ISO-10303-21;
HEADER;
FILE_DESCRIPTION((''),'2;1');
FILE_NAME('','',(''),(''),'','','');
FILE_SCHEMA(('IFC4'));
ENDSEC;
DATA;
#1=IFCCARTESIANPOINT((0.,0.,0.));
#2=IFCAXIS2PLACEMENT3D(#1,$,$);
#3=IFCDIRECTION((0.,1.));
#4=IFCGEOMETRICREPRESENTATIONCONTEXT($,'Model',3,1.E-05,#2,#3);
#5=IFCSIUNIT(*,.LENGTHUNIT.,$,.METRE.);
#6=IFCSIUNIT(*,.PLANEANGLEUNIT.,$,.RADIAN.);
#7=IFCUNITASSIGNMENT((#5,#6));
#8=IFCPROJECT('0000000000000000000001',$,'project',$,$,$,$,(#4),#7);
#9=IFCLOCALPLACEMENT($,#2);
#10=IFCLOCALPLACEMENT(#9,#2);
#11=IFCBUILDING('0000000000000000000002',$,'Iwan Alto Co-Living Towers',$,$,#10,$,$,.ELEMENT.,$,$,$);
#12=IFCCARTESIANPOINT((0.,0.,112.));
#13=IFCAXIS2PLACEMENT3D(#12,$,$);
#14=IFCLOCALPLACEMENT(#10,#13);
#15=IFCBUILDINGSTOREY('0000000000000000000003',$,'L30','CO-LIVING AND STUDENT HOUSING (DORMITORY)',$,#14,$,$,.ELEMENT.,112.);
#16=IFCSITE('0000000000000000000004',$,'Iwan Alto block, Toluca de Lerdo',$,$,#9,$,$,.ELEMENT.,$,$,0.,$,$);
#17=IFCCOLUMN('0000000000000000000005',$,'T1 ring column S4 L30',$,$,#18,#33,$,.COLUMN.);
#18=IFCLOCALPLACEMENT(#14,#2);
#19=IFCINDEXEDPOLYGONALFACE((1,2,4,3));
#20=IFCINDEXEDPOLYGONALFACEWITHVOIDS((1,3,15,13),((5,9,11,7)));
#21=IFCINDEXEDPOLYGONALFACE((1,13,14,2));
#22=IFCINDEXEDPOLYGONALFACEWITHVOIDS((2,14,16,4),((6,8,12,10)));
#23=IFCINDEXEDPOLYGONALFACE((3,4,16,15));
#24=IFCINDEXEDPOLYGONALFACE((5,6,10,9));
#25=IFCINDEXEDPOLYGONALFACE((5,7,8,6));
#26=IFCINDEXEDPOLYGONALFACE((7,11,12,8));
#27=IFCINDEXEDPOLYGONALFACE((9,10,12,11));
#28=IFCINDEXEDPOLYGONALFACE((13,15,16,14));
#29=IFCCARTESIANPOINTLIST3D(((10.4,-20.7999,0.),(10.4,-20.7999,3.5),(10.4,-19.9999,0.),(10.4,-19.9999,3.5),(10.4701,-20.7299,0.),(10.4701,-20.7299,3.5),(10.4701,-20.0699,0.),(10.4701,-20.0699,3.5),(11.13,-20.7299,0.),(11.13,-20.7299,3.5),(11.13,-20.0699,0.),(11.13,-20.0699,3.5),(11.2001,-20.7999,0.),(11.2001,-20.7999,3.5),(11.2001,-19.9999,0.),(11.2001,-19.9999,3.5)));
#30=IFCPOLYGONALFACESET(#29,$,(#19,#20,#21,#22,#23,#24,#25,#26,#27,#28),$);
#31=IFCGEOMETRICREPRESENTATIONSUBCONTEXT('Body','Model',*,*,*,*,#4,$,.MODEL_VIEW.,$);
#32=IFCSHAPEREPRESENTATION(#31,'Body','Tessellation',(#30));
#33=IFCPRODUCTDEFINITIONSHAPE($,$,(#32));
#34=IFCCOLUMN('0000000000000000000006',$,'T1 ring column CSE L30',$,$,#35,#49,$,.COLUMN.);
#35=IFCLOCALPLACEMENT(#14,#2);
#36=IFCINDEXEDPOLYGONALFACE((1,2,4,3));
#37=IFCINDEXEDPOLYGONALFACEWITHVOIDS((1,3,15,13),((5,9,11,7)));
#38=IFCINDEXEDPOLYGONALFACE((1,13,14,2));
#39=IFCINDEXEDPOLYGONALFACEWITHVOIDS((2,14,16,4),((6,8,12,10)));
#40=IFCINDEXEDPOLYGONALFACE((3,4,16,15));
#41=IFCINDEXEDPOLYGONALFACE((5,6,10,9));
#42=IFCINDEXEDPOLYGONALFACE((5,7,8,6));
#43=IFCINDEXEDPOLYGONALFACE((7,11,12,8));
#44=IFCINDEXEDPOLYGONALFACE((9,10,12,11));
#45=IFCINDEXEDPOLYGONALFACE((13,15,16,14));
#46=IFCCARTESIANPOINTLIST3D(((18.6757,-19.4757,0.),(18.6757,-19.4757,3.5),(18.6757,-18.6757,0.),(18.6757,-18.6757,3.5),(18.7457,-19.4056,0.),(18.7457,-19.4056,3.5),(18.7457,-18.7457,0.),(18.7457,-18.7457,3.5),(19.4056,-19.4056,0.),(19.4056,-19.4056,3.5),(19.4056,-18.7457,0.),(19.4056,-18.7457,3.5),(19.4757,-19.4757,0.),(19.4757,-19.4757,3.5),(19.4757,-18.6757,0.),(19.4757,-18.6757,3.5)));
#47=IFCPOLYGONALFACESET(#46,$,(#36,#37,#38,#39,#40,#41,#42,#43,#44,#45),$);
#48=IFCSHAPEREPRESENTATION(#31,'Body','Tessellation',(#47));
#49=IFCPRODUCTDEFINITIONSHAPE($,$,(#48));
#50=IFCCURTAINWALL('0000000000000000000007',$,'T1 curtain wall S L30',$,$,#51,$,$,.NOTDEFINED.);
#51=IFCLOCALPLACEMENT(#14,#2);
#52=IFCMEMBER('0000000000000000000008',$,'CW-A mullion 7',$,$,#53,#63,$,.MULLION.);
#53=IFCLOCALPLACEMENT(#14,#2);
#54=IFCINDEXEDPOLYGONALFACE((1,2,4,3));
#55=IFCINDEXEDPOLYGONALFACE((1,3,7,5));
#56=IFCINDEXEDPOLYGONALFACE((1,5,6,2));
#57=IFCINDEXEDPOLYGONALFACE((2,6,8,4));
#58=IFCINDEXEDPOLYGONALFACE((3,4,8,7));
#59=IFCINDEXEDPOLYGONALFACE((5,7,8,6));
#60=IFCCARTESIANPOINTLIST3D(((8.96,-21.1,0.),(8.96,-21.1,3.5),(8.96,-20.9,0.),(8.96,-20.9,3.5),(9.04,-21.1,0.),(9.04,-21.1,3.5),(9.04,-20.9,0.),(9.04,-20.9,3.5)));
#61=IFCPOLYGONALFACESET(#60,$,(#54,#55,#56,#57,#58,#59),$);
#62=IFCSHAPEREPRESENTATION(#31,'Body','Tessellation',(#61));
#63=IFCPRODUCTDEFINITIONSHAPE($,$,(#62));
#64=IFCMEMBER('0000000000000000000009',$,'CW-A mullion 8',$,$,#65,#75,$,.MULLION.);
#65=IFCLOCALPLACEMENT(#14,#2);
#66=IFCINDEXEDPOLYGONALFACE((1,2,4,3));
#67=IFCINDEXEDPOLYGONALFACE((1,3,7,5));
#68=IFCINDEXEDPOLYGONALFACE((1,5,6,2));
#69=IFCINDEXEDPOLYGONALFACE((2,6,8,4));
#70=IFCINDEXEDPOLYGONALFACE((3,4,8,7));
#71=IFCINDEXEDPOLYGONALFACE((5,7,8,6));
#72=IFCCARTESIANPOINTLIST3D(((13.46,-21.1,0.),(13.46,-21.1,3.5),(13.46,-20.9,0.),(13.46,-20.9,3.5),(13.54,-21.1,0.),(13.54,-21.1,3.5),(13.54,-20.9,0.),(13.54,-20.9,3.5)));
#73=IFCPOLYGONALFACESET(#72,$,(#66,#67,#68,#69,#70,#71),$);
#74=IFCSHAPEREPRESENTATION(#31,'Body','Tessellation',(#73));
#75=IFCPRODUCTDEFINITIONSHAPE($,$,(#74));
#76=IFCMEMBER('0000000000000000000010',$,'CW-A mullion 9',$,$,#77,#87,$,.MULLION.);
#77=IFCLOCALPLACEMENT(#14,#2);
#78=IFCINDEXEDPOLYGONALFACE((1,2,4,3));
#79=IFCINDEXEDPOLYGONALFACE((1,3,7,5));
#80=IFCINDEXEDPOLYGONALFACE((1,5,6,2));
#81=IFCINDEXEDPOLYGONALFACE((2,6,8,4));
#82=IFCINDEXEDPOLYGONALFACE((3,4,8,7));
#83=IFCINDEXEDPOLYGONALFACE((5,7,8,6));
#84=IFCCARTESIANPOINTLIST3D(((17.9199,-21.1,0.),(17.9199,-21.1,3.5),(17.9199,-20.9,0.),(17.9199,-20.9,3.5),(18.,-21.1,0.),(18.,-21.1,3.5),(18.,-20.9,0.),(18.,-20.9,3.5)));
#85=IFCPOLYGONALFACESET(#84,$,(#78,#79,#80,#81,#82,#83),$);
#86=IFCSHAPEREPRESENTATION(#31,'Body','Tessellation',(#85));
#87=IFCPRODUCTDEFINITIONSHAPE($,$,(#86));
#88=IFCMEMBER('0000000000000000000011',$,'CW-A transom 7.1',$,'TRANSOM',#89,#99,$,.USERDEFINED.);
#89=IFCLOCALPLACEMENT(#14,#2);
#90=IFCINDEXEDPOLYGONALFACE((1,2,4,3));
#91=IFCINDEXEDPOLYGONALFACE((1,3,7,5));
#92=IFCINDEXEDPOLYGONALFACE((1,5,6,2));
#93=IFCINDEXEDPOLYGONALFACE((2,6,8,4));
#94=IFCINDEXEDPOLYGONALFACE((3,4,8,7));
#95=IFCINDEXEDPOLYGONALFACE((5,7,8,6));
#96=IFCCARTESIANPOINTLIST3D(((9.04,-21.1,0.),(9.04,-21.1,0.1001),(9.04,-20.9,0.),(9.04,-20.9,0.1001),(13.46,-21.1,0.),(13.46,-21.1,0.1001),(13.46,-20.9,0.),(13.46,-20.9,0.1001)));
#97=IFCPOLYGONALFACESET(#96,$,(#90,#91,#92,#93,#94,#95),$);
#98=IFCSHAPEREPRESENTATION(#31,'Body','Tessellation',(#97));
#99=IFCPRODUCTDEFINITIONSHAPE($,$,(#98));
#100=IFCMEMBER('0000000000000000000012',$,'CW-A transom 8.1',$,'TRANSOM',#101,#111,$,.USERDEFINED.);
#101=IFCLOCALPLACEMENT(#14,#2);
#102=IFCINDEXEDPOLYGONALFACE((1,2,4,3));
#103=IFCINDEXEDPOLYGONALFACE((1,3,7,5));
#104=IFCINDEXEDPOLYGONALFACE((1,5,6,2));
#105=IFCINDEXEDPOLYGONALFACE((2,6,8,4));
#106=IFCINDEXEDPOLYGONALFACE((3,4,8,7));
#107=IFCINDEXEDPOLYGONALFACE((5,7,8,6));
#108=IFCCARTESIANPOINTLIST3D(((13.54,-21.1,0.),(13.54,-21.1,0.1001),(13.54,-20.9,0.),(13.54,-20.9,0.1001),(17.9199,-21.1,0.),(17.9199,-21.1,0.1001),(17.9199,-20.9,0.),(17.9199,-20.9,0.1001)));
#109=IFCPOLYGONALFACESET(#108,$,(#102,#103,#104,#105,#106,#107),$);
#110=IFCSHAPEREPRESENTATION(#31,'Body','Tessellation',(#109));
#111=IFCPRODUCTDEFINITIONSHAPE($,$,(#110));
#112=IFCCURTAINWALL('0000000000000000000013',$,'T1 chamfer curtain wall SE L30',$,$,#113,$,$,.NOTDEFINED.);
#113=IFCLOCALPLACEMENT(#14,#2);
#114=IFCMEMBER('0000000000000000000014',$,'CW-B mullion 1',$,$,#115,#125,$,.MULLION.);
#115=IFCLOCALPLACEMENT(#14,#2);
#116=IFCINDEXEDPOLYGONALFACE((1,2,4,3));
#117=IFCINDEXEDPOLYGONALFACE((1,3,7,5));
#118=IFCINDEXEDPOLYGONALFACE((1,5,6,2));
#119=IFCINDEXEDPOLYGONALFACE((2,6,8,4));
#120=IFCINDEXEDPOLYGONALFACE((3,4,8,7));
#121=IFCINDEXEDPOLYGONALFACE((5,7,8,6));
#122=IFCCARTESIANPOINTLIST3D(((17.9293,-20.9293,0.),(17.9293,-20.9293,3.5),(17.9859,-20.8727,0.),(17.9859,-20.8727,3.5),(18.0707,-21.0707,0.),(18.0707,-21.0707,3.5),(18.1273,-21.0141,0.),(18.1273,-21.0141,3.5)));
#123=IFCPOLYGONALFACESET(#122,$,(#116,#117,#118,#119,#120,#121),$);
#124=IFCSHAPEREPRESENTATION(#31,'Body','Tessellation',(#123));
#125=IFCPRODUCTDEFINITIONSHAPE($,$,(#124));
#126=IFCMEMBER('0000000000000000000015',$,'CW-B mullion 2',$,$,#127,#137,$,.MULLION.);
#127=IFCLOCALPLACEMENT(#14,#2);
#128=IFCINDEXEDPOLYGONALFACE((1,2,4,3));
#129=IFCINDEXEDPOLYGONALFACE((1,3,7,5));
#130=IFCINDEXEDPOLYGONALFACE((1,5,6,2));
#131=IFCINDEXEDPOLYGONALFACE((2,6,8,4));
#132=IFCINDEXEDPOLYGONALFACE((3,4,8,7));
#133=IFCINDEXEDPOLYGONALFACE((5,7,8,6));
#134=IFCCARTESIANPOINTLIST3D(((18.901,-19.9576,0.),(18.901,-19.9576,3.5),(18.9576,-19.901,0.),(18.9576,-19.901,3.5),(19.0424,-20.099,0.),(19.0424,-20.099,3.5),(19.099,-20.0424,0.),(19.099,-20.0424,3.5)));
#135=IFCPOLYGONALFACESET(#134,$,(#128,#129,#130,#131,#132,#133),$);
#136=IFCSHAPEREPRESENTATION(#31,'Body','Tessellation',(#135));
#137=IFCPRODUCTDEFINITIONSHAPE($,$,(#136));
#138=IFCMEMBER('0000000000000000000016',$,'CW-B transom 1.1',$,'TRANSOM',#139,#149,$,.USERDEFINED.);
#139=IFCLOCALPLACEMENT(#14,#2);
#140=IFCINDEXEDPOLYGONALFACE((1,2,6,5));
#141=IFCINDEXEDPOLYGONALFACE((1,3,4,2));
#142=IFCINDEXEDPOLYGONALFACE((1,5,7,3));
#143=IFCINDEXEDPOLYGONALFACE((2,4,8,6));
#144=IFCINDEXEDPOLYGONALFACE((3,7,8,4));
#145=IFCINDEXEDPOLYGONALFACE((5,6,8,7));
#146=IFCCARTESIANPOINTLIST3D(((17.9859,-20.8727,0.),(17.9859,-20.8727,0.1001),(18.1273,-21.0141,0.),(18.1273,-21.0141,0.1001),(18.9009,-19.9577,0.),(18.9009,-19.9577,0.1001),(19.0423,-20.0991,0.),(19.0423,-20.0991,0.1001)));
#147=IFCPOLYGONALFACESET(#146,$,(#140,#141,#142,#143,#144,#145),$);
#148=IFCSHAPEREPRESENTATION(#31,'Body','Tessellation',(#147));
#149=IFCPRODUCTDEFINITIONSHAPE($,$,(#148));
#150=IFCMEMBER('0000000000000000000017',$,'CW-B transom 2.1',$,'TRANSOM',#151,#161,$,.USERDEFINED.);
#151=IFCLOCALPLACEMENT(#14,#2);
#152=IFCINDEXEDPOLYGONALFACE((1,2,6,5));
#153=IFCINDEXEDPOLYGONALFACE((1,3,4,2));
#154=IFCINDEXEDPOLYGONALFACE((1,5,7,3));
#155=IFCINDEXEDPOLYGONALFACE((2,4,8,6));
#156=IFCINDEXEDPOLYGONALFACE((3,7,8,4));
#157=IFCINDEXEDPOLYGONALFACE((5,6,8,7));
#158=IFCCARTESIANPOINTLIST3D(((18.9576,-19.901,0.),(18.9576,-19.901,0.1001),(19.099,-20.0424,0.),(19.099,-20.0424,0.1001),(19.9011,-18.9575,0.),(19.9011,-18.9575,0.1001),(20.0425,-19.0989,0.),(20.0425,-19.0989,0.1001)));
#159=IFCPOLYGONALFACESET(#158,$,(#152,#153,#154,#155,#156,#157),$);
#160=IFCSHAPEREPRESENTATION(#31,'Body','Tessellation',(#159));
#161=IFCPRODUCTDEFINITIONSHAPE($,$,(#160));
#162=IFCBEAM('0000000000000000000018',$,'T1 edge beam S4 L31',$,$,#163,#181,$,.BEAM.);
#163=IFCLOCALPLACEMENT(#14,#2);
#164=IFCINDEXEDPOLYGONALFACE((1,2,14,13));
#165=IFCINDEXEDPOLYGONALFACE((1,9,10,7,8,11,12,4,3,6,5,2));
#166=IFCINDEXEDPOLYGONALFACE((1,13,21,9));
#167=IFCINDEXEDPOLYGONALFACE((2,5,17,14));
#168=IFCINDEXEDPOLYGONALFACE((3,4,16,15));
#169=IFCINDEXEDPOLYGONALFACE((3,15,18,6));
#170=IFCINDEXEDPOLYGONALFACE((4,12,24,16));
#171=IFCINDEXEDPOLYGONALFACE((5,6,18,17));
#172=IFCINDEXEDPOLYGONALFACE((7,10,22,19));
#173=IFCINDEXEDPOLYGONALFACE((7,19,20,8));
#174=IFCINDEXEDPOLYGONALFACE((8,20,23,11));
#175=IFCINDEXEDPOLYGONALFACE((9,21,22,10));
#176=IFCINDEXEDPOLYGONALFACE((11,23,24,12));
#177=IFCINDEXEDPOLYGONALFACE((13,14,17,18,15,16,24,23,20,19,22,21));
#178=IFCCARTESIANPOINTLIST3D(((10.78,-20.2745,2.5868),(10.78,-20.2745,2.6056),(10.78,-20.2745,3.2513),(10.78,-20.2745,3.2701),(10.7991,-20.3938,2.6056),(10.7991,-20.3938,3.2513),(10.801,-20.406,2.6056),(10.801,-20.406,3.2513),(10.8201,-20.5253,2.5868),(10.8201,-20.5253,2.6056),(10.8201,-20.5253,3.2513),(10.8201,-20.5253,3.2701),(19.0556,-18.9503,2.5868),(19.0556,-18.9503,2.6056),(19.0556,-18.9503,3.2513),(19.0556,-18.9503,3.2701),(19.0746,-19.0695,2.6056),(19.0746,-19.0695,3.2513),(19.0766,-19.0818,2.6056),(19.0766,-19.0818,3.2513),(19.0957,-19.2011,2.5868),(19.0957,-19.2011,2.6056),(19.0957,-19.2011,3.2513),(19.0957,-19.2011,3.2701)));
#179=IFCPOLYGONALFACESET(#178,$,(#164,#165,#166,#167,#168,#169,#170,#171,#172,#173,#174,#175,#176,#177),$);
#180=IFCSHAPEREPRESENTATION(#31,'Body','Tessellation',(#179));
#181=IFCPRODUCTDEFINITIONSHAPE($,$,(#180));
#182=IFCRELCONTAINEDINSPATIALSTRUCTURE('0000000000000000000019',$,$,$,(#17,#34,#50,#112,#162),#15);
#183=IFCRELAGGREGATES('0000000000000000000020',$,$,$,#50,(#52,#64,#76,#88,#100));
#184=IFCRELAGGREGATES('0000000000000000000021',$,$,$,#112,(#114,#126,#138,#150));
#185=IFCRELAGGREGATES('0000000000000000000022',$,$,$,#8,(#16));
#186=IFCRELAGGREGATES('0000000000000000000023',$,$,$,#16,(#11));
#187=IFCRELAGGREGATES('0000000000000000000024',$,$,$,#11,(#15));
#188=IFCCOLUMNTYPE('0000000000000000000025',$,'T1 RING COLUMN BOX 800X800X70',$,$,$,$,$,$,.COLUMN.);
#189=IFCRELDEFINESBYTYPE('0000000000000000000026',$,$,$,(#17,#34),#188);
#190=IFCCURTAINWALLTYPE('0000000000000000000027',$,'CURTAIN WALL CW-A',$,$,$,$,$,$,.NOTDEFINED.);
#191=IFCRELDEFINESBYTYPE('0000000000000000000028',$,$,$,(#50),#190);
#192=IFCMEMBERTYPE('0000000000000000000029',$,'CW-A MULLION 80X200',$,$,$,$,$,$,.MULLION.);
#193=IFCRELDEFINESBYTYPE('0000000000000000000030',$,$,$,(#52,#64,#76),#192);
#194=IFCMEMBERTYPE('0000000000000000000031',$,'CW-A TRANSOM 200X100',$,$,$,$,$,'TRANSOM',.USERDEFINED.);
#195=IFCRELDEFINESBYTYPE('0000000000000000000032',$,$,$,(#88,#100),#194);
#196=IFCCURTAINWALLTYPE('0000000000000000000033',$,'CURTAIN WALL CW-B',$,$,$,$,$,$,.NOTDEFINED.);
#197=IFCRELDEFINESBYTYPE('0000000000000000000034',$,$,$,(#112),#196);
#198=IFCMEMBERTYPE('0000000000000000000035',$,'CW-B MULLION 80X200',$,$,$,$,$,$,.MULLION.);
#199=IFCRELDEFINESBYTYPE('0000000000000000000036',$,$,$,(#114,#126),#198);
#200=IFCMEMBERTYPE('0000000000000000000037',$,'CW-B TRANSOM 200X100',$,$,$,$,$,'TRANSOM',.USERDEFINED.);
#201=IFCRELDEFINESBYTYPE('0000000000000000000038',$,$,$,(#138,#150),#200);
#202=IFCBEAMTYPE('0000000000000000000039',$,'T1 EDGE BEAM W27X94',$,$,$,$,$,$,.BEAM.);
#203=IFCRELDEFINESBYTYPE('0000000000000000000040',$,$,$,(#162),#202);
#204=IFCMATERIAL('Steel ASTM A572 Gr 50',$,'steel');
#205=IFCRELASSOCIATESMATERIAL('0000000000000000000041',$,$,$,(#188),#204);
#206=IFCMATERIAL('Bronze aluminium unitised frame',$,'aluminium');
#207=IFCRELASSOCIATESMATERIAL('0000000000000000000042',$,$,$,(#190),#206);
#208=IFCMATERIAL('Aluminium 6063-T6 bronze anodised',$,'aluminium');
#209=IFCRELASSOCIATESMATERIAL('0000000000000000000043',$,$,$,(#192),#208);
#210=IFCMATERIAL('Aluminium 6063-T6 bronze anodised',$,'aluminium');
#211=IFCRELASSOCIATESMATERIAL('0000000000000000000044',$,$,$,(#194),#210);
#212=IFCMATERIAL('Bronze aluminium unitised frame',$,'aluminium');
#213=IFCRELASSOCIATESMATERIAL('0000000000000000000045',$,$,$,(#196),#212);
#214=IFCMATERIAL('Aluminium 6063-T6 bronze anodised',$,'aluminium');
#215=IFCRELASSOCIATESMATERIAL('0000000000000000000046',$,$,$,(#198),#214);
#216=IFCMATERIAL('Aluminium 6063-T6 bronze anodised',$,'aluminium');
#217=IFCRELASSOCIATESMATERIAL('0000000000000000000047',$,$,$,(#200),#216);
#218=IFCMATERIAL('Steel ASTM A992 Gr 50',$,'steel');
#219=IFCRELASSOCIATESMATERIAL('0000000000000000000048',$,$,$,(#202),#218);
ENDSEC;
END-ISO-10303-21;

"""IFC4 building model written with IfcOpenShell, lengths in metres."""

from ifc_helpers import new_model, si_unit, direction, frame, origin, origin_2d, place, context, subcontext, project, spatial, rectangle, hollow_rectangle, i_section, extrude, material, material_profile, profile_set, type_object, element, aggregate, save


model = new_model("IFC4")

# Units and contexts
model_context = context("Model", 3, precision=1e-05, world=origin(), true_north=direction((0.0, 1.0)))
body_context = subcontext(model_context, "Body", "Model", "MODEL_VIEW")
ifc_project = project(units=[si_unit("LENGTHUNIT", "METRE"), si_unit("PLANEANGLEUNIT", "RADIAN")], contexts=[model_context])

# Site, building, storey
site_placement = place(None, origin())
site = spatial("IfcSite", under=ifc_project, at=site_placement, Name="Iwan Alto block, Toluca de Lerdo", CompositionType="ELEMENT", RefElevation=0.0)
building_placement = place(site_placement, origin())
building = spatial("IfcBuilding", under=site, at=building_placement, Name="Iwan Alto Co-Living Towers", CompositionType="ELEMENT")
storey_placement = place(building_placement, frame((0.0, 0.0, 112.0)))
storey = spatial("IfcBuildingStorey", under=building, at=storey_placement, Name="L30", Description="CO-LIVING AND STUDENT HOUSING (DORMITORY)", CompositionType="ELEMENT", Elevation=112.0)

# Columns
ifc_material_1 = material(Name="Steel ASTM A572 Gr 50", Category="steel")
ifc_material_profile_1 = material_profile(ifc_material_1, hollow_rectangle(XDim=0.8, YDim=0.8, WallThickness=0.0701, at=origin_2d()), Name="BOX 800X800X70")
ifc_profile_set_1 = profile_set([ifc_material_profile_1], Name="Steel ASTM A572 Gr 50")
column_type = type_object("IfcColumnType", Name="T1 RING COLUMN BOX 800X800X70", PredefinedType="COLUMN", material=ifc_profile_set_1)
for number, where, z_axis, x_axis, name in (
    (1, (10.8, -20.3999, 0.0), (0.0, 0.0, 1.0), (1.0, 0.0, 0.0), "T1 ring column S4 L30"),
    (2, (19.0757, -19.0757, 0.0), (0.0, 0.0, 1.0), (1.0, 0.0, 0.0), "T1 ring column CSE L30"),
):
    element("IfcColumn", number, at=place(storey_placement, frame(where, z_axis=z_axis, x_axis=x_axis)), inside=storey, type_object=column_type, Name=name, PredefinedType="COLUMN", context=body_context, shape_type="SweptSolid", body=[
        extrude(hollow_rectangle(XDim=0.8, YDim=0.8, WallThickness=0.0701, at=origin_2d()), origin(), (0.0, 0.0, 1.0), 3.5),
    ])

# Curtain walls, members
ifc_material_2 = material(Name="Bronze aluminium unitised frame", Category="aluminium")
curtain_wall_type_1 = type_object("IfcCurtainWallType", Name="CURTAIN WALL CW-A", PredefinedType="NOTDEFINED", material=ifc_material_2)
curtain_wall_1_placement = place(storey_placement, origin())
curtain_wall_1 = element("IfcCurtainWall", 3, at=curtain_wall_1_placement, inside=storey, type_object=curtain_wall_type_1, Name="T1 curtain wall S L30", PredefinedType="NOTDEFINED")
ifc_material_3 = material(Name="Aluminium 6063-T6 bronze anodised", Category="aluminium")
ifc_material_profile_2 = material_profile(ifc_material_3, rectangle(XDim=0.2, YDim=0.0801, at=origin_2d()), Name="AL 80X200")
ifc_profile_set_2 = profile_set([ifc_material_profile_2], Name="Aluminium 6063-T6 bronze anodised")
member_type_1 = type_object("IfcMemberType", Name="CW-A MULLION 80X200", PredefinedType="MULLION", material=ifc_profile_set_2)
member_1_placement = place(storey_placement, frame((9.0, -21.0, 0.0), z_axis=(0.0, 0.0, 1.0), x_axis=(0.0, 1.0, 0.0)))
member_1 = element("IfcMember", 4, at=member_1_placement, type_object=member_type_1, Name="CW-A mullion 7", PredefinedType="MULLION", context=body_context, shape_type="SweptSolid", body=[
    extrude(rectangle(XDim=0.2, YDim=0.0801, at=origin_2d()), origin(), (0.0, 0.0, 1.0), 3.5),
])
member_2_placement = place(storey_placement, frame((13.5, -21.0, 0.0), z_axis=(0.0, 0.0, 1.0), x_axis=(0.0, 1.0, 0.0)))
member_2 = element("IfcMember", 5, at=member_2_placement, type_object=member_type_1, Name="CW-A mullion 8", PredefinedType="MULLION", context=body_context, shape_type="SweptSolid", body=[
    extrude(rectangle(XDim=0.2, YDim=0.0801, at=origin_2d()), origin(), (0.0, 0.0, 1.0), 3.5),
])
member_3_placement = place(storey_placement, frame((17.96, -21.0, 0.0), z_axis=(0.0, 0.0, 1.0), x_axis=(0.0, 1.0, 0.0)))
member_3 = element("IfcMember", 6, at=member_3_placement, type_object=member_type_1, Name="CW-A mullion 9", PredefinedType="MULLION", context=body_context, shape_type="SweptSolid", body=[
    extrude(rectangle(XDim=0.2, YDim=0.0801, at=origin_2d()), origin(), (0.0, 0.0, 1.0), 3.5),
])
ifc_material_4 = material(Name="Aluminium 6063-T6 bronze anodised", Category="aluminium")
ifc_material_profile_3 = material_profile(ifc_material_4, rectangle(XDim=0.2, YDim=0.1001, at=origin_2d()), Name="AL 200X100")
ifc_profile_set_3 = profile_set([ifc_material_profile_3], Name="Aluminium 6063-T6 bronze anodised")
member_type_2 = type_object("IfcMemberType", Name="CW-A TRANSOM 200X100", ElementType="TRANSOM", PredefinedType="USERDEFINED", material=ifc_profile_set_3)
member_4_placement = place(storey_placement, frame((9.04, -21.0, 0.05), z_axis=(1.0, 0.0, 0.0), x_axis=(0.0, 1.0, 0.0)))
member_4 = element("IfcMember", 7, at=member_4_placement, type_object=member_type_2, Name="CW-A transom 7.1", ObjectType="TRANSOM", PredefinedType="USERDEFINED", context=body_context, shape_type="SweptSolid", body=[
    extrude(rectangle(XDim=0.2, YDim=0.1001, at=origin_2d()), origin(), (0.0, 0.0, 1.0), 4.4199),
])
member_5_placement = place(storey_placement, frame((13.54, -21.0, 0.05), z_axis=(1.0, 0.0, 0.0), x_axis=(0.0, 1.0, 0.0)))
member_5 = element("IfcMember", 8, at=member_5_placement, type_object=member_type_2, Name="CW-A transom 8.1", ObjectType="TRANSOM", PredefinedType="USERDEFINED", context=body_context, shape_type="SweptSolid", body=[
    extrude(rectangle(XDim=0.2, YDim=0.1001, at=origin_2d()), origin(), (0.0, 0.0, 1.0), 4.3799),
])
ifc_material_5 = material(Name="Bronze aluminium unitised frame", Category="aluminium")
curtain_wall_type_2 = type_object("IfcCurtainWallType", Name="CURTAIN WALL CW-B", PredefinedType="NOTDEFINED", material=ifc_material_5)
curtain_wall_2_placement = place(storey_placement, origin())
curtain_wall_2 = element("IfcCurtainWall", 9, at=curtain_wall_2_placement, inside=storey, type_object=curtain_wall_type_2, Name="T1 chamfer curtain wall SE L30", PredefinedType="NOTDEFINED")
ifc_material_6 = material(Name="Aluminium 6063-T6 bronze anodised", Category="aluminium")
ifc_material_profile_4 = material_profile(ifc_material_6, rectangle(XDim=0.2, YDim=0.0801, at=origin_2d()), Name="AL 80X200")
ifc_profile_set_4 = profile_set([ifc_material_profile_4], Name="Aluminium 6063-T6 bronze anodised")
member_type_3 = type_object("IfcMemberType", Name="CW-B MULLION 80X200", PredefinedType="MULLION", material=ifc_profile_set_4)
member_6_placement = place(storey_placement, frame((18.0283, -20.9717, 0.0), z_axis=(0.0, 0.0, 1.0), x_axis=(-0.707107, 0.707107, 0.0)))
member_6 = element("IfcMember", 10, at=member_6_placement, type_object=member_type_3, Name="CW-B mullion 1", PredefinedType="MULLION", context=body_context, shape_type="SweptSolid", body=[
    extrude(rectangle(XDim=0.2, YDim=0.0801, at=origin_2d()), origin(), (0.0, 0.0, 1.0), 3.5),
])
member_7_placement = place(storey_placement, frame((19.0, -20.0, 0.0), z_axis=(0.0, 0.0, 1.0), x_axis=(-0.707107, 0.707107, 0.0)))
member_7 = element("IfcMember", 11, at=member_7_placement, type_object=member_type_3, Name="CW-B mullion 2", PredefinedType="MULLION", context=body_context, shape_type="SweptSolid", body=[
    extrude(rectangle(XDim=0.2, YDim=0.0801, at=origin_2d()), origin(), (0.0, 0.0, 1.0), 3.5),
])
ifc_material_7 = material(Name="Aluminium 6063-T6 bronze anodised", Category="aluminium")
ifc_material_profile_5 = material_profile(ifc_material_7, rectangle(XDim=0.2, YDim=0.1001, at=origin_2d()), Name="AL 200X100")
ifc_profile_set_5 = profile_set([ifc_material_profile_5], Name="Aluminium 6063-T6 bronze anodised")
member_type_4 = type_object("IfcMemberType", Name="CW-B TRANSOM 200X100", ElementType="TRANSOM", PredefinedType="USERDEFINED", material=ifc_profile_set_5)
member_8_placement = place(storey_placement, frame((18.0566, -20.9434, 0.05), z_axis=(0.707107, 0.707107, 0.0), x_axis=(-0.707107, 0.707107, 0.0)))
member_8 = element("IfcMember", 12, at=member_8_placement, type_object=member_type_4, Name="CW-B transom 1.1", ObjectType="TRANSOM", PredefinedType="USERDEFINED", context=body_context, shape_type="SweptSolid", body=[
    extrude(rectangle(XDim=0.2, YDim=0.1001, at=origin_2d()), origin(), (0.0, 0.0, 1.0), 1.2939),
])
member_9_placement = place(storey_placement, frame((19.0283, -19.9717, 0.05), z_axis=(0.707107, 0.707107, 0.0), x_axis=(-0.707107, 0.707107, 0.0)))
member_9 = element("IfcMember", 13, at=member_9_placement, type_object=member_type_4, Name="CW-B transom 2.1", ObjectType="TRANSOM", PredefinedType="USERDEFINED", context=body_context, shape_type="SweptSolid", body=[
    extrude(rectangle(XDim=0.2, YDim=0.1001, at=origin_2d()), origin(), (0.0, 0.0, 1.0), 1.3342),
])

# Beam
ifc_material_8 = material(Name="Steel ASTM A992 Gr 50", Category="steel")
ifc_material_profile_6 = material_profile(ifc_material_8, i_section(OverallWidth=0.2539, OverallDepth=0.6833, WebThickness=0.0125, FlangeThickness=0.0188, at=origin_2d()), Name="W27X94")
ifc_profile_set_6 = profile_set([ifc_material_profile_6], Name="Steel ASTM A992 Gr 50")
beam_type_1 = type_object("IfcBeamType", Name="T1 EDGE BEAM W27X94", PredefinedType="BEAM", material=ifc_profile_set_6)
beam_1_placement = place(storey_placement, frame((10.8, -20.3999, 2.9285), z_axis=(0.987438, 0.158004, 0.0), x_axis=(-0.158004, 0.987438, 0.0)))
element("IfcBeam", 14, at=beam_1_placement, inside=storey, type_object=beam_type_1, Name="T1 edge beam S4 L31", PredefinedType="BEAM", context=body_context, shape_type="SweptSolid", body=[
    extrude(i_section(OverallWidth=0.2539, OverallDepth=0.6833, WebThickness=0.0125, FlangeThickness=0.0188, at=origin_2d()), origin(), (0.0, 0.0, 1.0), 8.3809),
])

aggregate(curtain_wall_1, [member_1, member_2, member_3, member_4, member_5])
aggregate(curtain_wall_2, [member_6, member_7, member_8, member_9])

save(model, "model.ifc")
